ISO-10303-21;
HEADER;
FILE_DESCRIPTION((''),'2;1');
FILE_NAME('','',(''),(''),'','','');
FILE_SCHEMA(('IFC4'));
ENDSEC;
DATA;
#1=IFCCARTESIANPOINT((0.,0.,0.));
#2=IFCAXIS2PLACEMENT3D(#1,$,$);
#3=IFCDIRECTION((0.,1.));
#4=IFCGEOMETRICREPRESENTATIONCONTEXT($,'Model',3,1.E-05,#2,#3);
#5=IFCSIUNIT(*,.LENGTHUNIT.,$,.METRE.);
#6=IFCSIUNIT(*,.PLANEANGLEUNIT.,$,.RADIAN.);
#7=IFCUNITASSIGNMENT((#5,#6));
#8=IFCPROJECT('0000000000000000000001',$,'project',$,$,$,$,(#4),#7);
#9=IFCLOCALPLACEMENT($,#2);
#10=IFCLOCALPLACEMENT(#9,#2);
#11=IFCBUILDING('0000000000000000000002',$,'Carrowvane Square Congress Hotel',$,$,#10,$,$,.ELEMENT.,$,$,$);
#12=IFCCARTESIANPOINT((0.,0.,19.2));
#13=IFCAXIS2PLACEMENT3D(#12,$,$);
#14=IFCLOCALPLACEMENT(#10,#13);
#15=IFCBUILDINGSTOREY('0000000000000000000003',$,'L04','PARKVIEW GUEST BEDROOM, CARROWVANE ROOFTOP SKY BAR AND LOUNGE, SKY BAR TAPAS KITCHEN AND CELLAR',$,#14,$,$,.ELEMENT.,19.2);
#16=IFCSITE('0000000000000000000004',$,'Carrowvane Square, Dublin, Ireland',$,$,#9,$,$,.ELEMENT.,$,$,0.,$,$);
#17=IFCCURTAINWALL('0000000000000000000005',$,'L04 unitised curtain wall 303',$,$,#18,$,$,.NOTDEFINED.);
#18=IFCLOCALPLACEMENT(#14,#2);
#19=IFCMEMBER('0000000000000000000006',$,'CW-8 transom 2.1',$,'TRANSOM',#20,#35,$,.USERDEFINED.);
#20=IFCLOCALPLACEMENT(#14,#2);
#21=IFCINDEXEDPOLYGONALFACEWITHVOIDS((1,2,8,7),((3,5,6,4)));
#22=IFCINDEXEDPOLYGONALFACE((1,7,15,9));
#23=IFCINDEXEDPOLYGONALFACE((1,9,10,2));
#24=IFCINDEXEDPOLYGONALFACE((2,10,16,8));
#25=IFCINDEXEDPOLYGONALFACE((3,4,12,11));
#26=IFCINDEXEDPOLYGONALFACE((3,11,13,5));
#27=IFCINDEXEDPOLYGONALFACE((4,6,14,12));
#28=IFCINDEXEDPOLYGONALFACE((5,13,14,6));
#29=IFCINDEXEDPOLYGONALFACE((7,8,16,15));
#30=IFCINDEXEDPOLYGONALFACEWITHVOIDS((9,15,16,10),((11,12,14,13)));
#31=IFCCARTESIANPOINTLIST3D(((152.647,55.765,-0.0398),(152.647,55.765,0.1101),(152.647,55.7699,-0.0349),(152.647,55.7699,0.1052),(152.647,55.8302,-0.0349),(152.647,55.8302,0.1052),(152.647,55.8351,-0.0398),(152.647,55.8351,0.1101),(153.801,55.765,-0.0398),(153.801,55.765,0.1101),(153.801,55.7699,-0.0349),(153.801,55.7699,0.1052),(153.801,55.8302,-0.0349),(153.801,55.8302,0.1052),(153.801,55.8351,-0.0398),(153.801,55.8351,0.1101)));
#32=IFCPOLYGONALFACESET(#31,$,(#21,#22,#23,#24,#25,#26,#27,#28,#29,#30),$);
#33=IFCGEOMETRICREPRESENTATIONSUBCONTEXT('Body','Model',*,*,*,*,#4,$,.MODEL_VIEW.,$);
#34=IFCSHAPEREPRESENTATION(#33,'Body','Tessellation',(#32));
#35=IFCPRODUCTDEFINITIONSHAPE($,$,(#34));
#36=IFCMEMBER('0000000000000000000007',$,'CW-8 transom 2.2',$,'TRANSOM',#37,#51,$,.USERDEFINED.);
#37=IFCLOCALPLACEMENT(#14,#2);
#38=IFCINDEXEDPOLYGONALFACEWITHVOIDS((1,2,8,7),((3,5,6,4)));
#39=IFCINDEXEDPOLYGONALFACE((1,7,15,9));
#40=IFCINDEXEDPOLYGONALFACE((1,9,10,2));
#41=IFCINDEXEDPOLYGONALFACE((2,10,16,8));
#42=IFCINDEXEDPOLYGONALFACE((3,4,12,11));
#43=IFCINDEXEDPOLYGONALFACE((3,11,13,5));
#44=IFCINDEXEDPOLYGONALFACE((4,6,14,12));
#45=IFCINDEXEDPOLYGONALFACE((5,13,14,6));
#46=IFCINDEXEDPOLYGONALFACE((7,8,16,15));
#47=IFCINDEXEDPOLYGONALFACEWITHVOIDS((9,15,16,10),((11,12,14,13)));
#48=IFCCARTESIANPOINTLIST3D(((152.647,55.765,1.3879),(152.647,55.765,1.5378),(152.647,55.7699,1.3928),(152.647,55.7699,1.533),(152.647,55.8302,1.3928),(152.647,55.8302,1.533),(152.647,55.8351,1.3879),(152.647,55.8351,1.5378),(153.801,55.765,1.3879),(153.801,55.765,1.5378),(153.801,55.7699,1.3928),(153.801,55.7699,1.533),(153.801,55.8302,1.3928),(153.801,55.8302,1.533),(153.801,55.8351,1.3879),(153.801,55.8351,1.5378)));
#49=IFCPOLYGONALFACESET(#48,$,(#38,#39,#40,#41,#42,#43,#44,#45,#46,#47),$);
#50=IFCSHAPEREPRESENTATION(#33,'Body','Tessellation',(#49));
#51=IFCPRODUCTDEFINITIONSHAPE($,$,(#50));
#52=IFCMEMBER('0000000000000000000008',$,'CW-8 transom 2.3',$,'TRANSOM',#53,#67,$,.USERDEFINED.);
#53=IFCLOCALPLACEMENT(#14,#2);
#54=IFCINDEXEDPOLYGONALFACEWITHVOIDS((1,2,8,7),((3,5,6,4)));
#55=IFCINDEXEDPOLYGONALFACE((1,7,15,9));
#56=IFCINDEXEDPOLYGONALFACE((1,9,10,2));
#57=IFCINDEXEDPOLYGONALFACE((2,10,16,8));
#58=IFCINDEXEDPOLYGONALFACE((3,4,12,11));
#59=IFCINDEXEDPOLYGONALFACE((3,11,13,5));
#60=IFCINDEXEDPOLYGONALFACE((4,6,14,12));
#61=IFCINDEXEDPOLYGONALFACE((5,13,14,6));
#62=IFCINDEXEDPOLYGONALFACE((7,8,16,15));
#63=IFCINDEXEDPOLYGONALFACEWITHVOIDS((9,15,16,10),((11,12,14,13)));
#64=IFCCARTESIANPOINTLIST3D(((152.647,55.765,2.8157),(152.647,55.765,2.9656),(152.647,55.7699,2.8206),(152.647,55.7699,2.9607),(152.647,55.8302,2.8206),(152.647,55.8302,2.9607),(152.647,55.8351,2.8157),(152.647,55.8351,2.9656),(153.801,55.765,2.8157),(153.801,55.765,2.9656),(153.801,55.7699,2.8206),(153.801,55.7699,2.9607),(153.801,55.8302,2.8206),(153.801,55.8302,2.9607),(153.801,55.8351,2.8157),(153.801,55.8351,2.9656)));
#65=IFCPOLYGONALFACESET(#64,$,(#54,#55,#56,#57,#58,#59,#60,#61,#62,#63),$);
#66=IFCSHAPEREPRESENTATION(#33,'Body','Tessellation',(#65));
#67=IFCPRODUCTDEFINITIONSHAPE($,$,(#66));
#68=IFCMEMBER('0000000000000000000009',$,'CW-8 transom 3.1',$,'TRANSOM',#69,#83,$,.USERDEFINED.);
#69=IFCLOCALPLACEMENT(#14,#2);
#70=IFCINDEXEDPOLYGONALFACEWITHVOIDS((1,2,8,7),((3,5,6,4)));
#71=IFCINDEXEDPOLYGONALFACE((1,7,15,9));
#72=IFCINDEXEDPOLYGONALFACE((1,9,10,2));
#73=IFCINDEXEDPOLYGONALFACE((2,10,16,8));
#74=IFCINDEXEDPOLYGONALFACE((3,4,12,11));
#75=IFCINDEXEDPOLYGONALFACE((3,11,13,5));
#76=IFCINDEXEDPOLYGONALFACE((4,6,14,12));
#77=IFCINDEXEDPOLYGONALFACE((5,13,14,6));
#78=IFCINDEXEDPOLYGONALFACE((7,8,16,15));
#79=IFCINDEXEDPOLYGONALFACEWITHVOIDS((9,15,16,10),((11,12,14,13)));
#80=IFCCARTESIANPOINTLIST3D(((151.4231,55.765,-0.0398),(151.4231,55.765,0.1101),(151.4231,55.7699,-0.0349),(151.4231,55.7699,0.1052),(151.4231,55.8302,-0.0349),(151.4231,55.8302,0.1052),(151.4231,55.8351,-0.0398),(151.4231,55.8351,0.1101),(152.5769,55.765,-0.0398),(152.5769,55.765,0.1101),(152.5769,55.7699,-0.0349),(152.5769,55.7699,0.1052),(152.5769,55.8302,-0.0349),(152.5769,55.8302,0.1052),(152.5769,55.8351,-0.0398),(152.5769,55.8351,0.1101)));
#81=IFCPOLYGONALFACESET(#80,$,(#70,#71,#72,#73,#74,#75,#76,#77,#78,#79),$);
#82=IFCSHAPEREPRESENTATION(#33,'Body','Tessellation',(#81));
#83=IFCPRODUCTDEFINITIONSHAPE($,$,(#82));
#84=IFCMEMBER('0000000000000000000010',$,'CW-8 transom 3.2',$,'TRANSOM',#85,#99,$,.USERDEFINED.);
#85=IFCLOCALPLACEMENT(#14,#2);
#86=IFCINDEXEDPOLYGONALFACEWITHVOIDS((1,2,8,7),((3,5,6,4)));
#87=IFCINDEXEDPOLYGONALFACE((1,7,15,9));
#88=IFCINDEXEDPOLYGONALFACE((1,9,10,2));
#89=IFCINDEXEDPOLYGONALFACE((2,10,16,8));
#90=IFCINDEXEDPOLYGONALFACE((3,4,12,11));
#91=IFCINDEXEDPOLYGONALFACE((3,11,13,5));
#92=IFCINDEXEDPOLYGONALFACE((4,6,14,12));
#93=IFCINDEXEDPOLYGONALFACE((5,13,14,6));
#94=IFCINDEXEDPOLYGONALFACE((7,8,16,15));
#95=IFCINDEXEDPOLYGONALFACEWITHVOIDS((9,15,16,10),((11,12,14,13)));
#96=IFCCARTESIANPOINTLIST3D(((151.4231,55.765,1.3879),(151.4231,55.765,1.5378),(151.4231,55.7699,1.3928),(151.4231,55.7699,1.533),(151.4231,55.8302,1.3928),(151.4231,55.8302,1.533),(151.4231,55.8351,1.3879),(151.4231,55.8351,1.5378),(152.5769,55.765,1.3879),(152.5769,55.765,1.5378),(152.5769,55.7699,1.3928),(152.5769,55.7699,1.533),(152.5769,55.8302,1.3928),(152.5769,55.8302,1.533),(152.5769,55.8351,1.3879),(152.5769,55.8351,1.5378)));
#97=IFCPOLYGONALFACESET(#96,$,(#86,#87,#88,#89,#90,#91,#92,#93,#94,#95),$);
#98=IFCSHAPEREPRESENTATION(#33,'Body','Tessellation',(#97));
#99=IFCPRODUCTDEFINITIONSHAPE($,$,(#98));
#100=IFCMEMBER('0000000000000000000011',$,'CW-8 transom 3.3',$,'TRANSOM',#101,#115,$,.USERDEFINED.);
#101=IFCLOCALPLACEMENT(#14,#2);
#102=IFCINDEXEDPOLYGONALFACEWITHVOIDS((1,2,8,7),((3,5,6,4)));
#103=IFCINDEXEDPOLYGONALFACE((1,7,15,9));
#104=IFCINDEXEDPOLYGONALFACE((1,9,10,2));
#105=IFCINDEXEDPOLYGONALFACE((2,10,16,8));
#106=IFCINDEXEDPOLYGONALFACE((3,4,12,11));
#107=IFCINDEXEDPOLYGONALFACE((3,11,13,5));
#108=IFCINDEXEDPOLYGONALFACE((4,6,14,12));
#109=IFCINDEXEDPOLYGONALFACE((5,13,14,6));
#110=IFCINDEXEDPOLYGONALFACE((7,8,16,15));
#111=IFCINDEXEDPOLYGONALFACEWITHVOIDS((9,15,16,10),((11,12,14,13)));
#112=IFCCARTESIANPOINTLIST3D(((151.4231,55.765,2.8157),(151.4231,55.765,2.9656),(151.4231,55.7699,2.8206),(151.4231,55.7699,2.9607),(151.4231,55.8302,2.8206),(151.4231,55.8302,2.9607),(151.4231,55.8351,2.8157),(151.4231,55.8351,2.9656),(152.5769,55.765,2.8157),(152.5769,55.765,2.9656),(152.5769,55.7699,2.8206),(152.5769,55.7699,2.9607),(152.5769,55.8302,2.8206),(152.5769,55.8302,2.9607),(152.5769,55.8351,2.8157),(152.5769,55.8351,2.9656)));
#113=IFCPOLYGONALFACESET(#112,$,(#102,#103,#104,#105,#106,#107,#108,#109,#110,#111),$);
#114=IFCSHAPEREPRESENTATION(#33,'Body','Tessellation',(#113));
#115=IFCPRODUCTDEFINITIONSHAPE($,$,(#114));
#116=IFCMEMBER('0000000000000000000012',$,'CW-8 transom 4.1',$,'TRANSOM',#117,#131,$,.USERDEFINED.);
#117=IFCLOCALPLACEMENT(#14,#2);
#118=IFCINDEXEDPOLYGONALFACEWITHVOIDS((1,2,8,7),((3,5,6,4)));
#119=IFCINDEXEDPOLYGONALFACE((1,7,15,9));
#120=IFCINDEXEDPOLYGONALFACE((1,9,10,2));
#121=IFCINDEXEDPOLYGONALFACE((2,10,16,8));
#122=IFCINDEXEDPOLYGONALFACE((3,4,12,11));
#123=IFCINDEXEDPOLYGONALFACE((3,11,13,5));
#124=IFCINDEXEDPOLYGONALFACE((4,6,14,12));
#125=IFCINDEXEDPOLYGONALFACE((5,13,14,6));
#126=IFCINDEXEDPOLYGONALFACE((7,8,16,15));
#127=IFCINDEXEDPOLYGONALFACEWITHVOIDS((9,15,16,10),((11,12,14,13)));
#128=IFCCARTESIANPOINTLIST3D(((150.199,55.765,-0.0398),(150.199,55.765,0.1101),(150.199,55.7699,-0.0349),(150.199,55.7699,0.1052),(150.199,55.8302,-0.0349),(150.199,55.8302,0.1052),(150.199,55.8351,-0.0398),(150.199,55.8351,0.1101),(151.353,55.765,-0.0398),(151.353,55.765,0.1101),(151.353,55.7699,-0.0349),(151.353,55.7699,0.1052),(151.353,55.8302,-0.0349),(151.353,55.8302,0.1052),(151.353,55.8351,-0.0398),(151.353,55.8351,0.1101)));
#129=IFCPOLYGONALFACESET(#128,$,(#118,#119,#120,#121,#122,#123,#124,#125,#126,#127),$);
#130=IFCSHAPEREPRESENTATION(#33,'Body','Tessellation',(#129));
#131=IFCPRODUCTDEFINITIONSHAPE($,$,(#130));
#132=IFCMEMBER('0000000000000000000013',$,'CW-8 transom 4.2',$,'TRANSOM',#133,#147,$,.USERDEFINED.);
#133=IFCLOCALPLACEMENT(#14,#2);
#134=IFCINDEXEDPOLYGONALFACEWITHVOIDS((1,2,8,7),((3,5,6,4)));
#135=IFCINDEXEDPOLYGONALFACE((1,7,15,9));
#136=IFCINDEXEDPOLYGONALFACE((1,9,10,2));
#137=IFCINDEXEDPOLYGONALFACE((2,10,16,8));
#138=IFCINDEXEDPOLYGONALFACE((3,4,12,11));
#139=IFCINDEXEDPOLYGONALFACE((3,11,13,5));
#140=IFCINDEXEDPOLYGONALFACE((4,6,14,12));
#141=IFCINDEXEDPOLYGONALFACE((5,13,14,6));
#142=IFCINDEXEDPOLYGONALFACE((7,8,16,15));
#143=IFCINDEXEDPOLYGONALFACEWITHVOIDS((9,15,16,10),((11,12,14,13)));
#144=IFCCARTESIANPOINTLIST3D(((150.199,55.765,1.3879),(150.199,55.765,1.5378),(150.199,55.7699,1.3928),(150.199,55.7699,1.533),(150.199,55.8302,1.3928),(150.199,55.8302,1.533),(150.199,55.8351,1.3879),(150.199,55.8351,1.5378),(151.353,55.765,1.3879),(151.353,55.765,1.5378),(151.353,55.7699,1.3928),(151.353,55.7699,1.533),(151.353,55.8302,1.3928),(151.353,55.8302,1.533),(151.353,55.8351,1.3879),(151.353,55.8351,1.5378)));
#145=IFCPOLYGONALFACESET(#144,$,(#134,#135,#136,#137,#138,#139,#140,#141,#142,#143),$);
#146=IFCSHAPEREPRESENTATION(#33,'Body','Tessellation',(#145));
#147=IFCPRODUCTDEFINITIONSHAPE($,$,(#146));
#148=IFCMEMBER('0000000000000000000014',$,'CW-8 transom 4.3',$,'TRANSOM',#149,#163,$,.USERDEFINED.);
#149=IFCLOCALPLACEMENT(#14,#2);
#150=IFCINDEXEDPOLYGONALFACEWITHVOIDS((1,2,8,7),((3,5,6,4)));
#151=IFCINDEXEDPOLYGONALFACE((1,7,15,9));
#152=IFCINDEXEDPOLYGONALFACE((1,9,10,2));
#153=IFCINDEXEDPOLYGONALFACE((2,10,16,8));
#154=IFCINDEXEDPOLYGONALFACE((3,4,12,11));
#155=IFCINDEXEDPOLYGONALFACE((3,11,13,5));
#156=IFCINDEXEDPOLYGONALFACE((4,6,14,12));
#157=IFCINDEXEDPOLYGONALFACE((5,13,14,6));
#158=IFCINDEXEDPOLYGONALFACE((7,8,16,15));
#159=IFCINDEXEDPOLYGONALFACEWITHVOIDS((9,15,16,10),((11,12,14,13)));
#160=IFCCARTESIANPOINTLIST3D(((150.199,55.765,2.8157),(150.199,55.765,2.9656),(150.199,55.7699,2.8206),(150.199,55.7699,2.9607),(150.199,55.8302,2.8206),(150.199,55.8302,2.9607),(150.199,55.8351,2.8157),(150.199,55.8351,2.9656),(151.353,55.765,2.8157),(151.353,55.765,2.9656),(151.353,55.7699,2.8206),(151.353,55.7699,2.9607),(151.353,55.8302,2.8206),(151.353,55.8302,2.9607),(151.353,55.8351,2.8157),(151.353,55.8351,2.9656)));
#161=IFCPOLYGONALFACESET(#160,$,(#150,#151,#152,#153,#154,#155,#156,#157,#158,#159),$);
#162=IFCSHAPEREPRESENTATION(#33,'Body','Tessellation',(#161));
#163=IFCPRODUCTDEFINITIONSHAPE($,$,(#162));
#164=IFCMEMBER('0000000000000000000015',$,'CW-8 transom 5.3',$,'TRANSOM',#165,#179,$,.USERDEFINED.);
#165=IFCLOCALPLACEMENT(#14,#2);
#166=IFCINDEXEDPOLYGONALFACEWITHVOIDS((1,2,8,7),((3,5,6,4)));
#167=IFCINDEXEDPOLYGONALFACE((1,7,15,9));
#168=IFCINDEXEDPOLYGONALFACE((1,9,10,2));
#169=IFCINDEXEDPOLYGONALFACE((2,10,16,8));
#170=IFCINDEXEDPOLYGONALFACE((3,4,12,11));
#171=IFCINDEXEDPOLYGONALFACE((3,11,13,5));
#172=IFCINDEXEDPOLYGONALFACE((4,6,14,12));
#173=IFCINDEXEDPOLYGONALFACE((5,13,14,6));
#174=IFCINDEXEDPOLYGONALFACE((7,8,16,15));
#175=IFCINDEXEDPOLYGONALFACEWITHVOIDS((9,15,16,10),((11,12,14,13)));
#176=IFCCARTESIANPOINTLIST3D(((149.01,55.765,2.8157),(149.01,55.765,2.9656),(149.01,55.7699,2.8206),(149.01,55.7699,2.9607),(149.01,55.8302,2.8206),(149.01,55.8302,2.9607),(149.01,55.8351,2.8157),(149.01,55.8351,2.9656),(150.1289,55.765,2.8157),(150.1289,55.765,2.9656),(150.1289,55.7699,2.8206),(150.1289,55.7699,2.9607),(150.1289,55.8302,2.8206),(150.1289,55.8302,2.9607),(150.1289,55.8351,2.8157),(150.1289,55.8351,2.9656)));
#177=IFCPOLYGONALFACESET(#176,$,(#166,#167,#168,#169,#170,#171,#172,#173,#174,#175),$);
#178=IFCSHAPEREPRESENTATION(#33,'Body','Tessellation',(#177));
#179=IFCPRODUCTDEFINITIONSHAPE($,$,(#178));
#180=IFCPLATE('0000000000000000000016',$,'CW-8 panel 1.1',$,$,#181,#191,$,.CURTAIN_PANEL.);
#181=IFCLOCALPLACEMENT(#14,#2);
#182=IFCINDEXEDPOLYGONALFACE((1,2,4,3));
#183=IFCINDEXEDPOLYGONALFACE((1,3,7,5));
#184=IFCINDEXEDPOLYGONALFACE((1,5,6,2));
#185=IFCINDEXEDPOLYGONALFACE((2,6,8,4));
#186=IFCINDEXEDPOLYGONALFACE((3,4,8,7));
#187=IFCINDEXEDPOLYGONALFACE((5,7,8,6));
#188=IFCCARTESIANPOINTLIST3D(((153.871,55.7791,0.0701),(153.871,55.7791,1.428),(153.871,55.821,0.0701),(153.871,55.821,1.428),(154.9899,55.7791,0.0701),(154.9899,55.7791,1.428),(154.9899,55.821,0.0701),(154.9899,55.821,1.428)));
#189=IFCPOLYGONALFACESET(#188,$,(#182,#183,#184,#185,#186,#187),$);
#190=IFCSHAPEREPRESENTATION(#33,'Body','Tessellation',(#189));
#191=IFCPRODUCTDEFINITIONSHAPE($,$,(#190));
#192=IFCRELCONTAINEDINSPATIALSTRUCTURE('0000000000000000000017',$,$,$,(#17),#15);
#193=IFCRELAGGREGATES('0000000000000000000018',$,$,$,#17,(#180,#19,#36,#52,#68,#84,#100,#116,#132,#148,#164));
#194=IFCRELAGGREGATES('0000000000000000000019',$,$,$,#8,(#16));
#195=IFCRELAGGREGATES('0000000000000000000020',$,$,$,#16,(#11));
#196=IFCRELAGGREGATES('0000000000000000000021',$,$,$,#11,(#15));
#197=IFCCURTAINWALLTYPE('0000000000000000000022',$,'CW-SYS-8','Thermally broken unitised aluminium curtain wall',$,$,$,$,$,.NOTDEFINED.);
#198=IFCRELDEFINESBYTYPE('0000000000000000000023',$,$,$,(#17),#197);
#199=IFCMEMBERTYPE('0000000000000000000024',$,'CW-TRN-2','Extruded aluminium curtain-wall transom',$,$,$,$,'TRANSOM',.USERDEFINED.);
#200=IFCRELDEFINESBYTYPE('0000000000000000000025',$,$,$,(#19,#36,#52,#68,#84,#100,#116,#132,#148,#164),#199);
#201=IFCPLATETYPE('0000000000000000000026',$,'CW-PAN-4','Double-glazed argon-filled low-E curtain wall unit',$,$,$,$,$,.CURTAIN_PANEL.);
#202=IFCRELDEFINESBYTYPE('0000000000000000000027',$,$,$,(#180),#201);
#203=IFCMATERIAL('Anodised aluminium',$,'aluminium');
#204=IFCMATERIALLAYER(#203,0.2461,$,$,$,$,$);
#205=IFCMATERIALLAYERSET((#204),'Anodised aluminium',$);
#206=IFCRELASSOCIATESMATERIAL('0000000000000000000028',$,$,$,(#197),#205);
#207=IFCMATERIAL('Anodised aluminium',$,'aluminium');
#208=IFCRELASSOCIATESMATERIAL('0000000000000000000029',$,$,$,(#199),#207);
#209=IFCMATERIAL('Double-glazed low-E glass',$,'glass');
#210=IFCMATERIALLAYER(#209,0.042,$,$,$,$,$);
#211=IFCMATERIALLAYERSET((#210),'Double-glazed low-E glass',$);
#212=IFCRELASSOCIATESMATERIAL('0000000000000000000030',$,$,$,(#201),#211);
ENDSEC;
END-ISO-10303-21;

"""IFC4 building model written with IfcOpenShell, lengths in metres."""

from ifc_helpers import new_model, si_unit, direction, frame, origin, origin_2d, place, context, subcontext, project, spatial, rectangle, hollow_rectangle, extrude, material, layer, layer_set, material_profile, profile_set, type_object, element, aggregate, save


model = new_model("IFC4")

# Units and contexts
model_context = context("Model", 3, precision=1e-05, world=origin(), true_north=direction((0.0, 1.0)))
body_context = subcontext(model_context, "Body", "Model", "MODEL_VIEW")
ifc_project = project(units=[si_unit("LENGTHUNIT", "METRE"), si_unit("PLANEANGLEUNIT", "RADIAN")], contexts=[model_context])

# Site, building, storey
site_placement = place(None, origin())
site = spatial("IfcSite", under=ifc_project, at=site_placement, Name="Carrowvane Square, Dublin, Ireland", CompositionType="ELEMENT", RefElevation=0.0)
building_placement = place(site_placement, origin())
building = spatial("IfcBuilding", under=site, at=building_placement, Name="Carrowvane Square Congress Hotel", CompositionType="ELEMENT")
storey_placement = place(building_placement, frame((0.0, 0.0, 19.2)))
storey = spatial("IfcBuildingStorey", under=building, at=storey_placement, Name="L04", Description="PARKVIEW GUEST BEDROOM, CARROWVANE ROOFTOP SKY BAR AND LOUNGE, SKY BAR TAPAS KITCHEN AND CELLAR", CompositionType="ELEMENT", Elevation=19.2)

# Curtain wall, members, plate
ifc_material_1 = material(Name="Anodised aluminium", Category="aluminium")
ifc_layer_1 = layer(ifc_material_1, 0.2461)
ifc_layer_set_1 = layer_set([ifc_layer_1], Name="Anodised aluminium")
curtain_wall_type = type_object("IfcCurtainWallType", Name="CW-SYS-8", Description="Thermally broken unitised aluminium curtain wall", PredefinedType="NOTDEFINED", material=ifc_layer_set_1)
curtain_wall_placement = place(storey_placement, origin())
curtain_wall = element("IfcCurtainWall", 1, at=curtain_wall_placement, inside=storey, type_object=curtain_wall_type, Name="L04 unitised curtain wall 303", PredefinedType="NOTDEFINED")
ifc_material_2 = material(Name="Anodised aluminium", Category="aluminium")
ifc_material_profile_1 = material_profile(ifc_material_2, hollow_rectangle(XDim=0.0701, YDim=0.1499, WallThickness=0.0049, at=origin_2d()), Name="CW-TR 70x150x5")
ifc_profile_set_1 = profile_set([ifc_material_profile_1], Name="Anodised aluminium")
member_type_1 = type_object("IfcMemberType", Name="CW-TRN-2", Description="Extruded aluminium curtain-wall transom", ElementType="TRANSOM", PredefinedType="USERDEFINED", material=ifc_profile_set_1)
member_1_placement = place(storey_placement, frame((153.801, 55.8, 0.0352), z_axis=(-1.0, 0.0, 0.0), x_axis=(0.0, -1.0, 0.0)))
member_1 = element("IfcMember", 2, at=member_1_placement, type_object=member_type_1, Name="CW-8 transom 2.1", ObjectType="TRANSOM", PredefinedType="USERDEFINED", context=body_context, shape_type="SweptSolid", body=[
    extrude(hollow_rectangle(XDim=0.0701, YDim=0.1499, WallThickness=0.0049, at=origin_2d()), origin(), (0.0, 0.0, 1.0), 1.1541),
])
member_2_placement = place(storey_placement, frame((153.801, 55.8, 1.4629), z_axis=(-1.0, 0.0, 0.0), x_axis=(0.0, -1.0, 0.0)))
member_2 = element("IfcMember", 3, at=member_2_placement, type_object=member_type_1, Name="CW-8 transom 2.2", ObjectType="TRANSOM", PredefinedType="USERDEFINED", context=body_context, shape_type="SweptSolid", body=[
    extrude(hollow_rectangle(XDim=0.0701, YDim=0.1499, WallThickness=0.0049, at=origin_2d()), origin(), (0.0, 0.0, 1.0), 1.1541),
])
member_3_placement = place(storey_placement, frame((153.801, 55.8, 2.8906), z_axis=(-1.0, 0.0, 0.0), x_axis=(0.0, -1.0, 0.0)))
member_3 = element("IfcMember", 4, at=member_3_placement, type_object=member_type_1, Name="CW-8 transom 2.3", ObjectType="TRANSOM", PredefinedType="USERDEFINED", context=body_context, shape_type="SweptSolid", body=[
    extrude(hollow_rectangle(XDim=0.0701, YDim=0.1499, WallThickness=0.0049, at=origin_2d()), origin(), (0.0, 0.0, 1.0), 1.1541),
])
member_4_placement = place(storey_placement, frame((152.5769, 55.8, 0.0352), z_axis=(-1.0, 0.0, 0.0), x_axis=(0.0, -1.0, 0.0)))
member_4 = element("IfcMember", 5, at=member_4_placement, type_object=member_type_1, Name="CW-8 transom 3.1", ObjectType="TRANSOM", PredefinedType="USERDEFINED", context=body_context, shape_type="SweptSolid", body=[
    extrude(hollow_rectangle(XDim=0.0701, YDim=0.1499, WallThickness=0.0049, at=origin_2d()), origin(), (0.0, 0.0, 1.0), 1.1538),
])
member_5_placement = place(storey_placement, frame((152.5769, 55.8, 1.4629), z_axis=(-1.0, 0.0, 0.0), x_axis=(0.0, -1.0, 0.0)))
member_5 = element("IfcMember", 6, at=member_5_placement, type_object=member_type_1, Name="CW-8 transom 3.2", ObjectType="TRANSOM", PredefinedType="USERDEFINED", context=body_context, shape_type="SweptSolid", body=[
    extrude(hollow_rectangle(XDim=0.0701, YDim=0.1499, WallThickness=0.0049, at=origin_2d()), origin(), (0.0, 0.0, 1.0), 1.1538),
])
member_6_placement = place(storey_placement, frame((152.5769, 55.8, 2.8906), z_axis=(-1.0, 0.0, 0.0), x_axis=(0.0, -1.0, 0.0)))
member_6 = element("IfcMember", 7, at=member_6_placement, type_object=member_type_1, Name="CW-8 transom 3.3", ObjectType="TRANSOM", PredefinedType="USERDEFINED", context=body_context, shape_type="SweptSolid", body=[
    extrude(hollow_rectangle(XDim=0.0701, YDim=0.1499, WallThickness=0.0049, at=origin_2d()), origin(), (0.0, 0.0, 1.0), 1.1538),
])
member_7_placement = place(storey_placement, frame((151.353, 55.8, 0.0352), z_axis=(-1.0, 0.0, 0.0), x_axis=(0.0, -1.0, 0.0)))
member_7 = element("IfcMember", 8, at=member_7_placement, type_object=member_type_1, Name="CW-8 transom 4.1", ObjectType="TRANSOM", PredefinedType="USERDEFINED", context=body_context, shape_type="SweptSolid", body=[
    extrude(hollow_rectangle(XDim=0.0701, YDim=0.1499, WallThickness=0.0049, at=origin_2d()), origin(), (0.0, 0.0, 1.0), 1.1541),
])
member_8_placement = place(storey_placement, frame((151.353, 55.8, 1.4629), z_axis=(-1.0, 0.0, 0.0), x_axis=(0.0, -1.0, 0.0)))
member_8 = element("IfcMember", 9, at=member_8_placement, type_object=member_type_1, Name="CW-8 transom 4.2", ObjectType="TRANSOM", PredefinedType="USERDEFINED", context=body_context, shape_type="SweptSolid", body=[
    extrude(hollow_rectangle(XDim=0.0701, YDim=0.1499, WallThickness=0.0049, at=origin_2d()), origin(), (0.0, 0.0, 1.0), 1.1541),
])
member_9_placement = place(storey_placement, frame((151.353, 55.8, 2.8906), z_axis=(-1.0, 0.0, 0.0), x_axis=(0.0, -1.0, 0.0)))
member_9 = element("IfcMember", 10, at=member_9_placement, type_object=member_type_1, Name="CW-8 transom 4.3", ObjectType="TRANSOM", PredefinedType="USERDEFINED", context=body_context, shape_type="SweptSolid", body=[
    extrude(hollow_rectangle(XDim=0.0701, YDim=0.1499, WallThickness=0.0049, at=origin_2d()), origin(), (0.0, 0.0, 1.0), 1.1541),
])
member_10_placement = place(storey_placement, frame((150.1289, 55.8, 2.8906), z_axis=(-1.0, 0.0, 0.0), x_axis=(0.0, -1.0, 0.0)))
member_10 = element("IfcMember", 11, at=member_10_placement, type_object=member_type_1, Name="CW-8 transom 5.3", ObjectType="TRANSOM", PredefinedType="USERDEFINED", context=body_context, shape_type="SweptSolid", body=[
    extrude(hollow_rectangle(XDim=0.0701, YDim=0.1499, WallThickness=0.0049, at=origin_2d()), origin(), (0.0, 0.0, 1.0), 1.1189),
])
ifc_material_3 = material(Name="Double-glazed low-E glass", Category="glass")
ifc_layer_2 = layer(ifc_material_3, 0.042)
ifc_layer_set_2 = layer_set([ifc_layer_2], Name="Double-glazed low-E glass")
plate_type = type_object("IfcPlateType", Name="CW-PAN-4", Description="Double-glazed argon-filled low-E curtain wall unit", PredefinedType="CURTAIN_PANEL", material=ifc_layer_set_2)
plate_1_placement = place(storey_placement, frame((154.4304, 55.8, 0.0701), z_axis=(0.0, 0.0, 1.0), x_axis=(-1.0, 0.0, 0.0)))
plate_1 = element("IfcPlate", 12, at=plate_1_placement, type_object=plate_type, Name="CW-8 panel 1.1", PredefinedType="CURTAIN_PANEL", context=body_context, shape_type="SweptSolid", body=[
    extrude(rectangle(XDim=1.1189, YDim=0.042, at=origin_2d()), origin(), (0.0, 0.0, 1.0), 1.3579),
])
aggregate(curtain_wall, [plate_1, member_1, member_2, member_3, member_4, member_5, member_6, member_7, member_8, member_9, member_10])

save(model, "model.ifc")
